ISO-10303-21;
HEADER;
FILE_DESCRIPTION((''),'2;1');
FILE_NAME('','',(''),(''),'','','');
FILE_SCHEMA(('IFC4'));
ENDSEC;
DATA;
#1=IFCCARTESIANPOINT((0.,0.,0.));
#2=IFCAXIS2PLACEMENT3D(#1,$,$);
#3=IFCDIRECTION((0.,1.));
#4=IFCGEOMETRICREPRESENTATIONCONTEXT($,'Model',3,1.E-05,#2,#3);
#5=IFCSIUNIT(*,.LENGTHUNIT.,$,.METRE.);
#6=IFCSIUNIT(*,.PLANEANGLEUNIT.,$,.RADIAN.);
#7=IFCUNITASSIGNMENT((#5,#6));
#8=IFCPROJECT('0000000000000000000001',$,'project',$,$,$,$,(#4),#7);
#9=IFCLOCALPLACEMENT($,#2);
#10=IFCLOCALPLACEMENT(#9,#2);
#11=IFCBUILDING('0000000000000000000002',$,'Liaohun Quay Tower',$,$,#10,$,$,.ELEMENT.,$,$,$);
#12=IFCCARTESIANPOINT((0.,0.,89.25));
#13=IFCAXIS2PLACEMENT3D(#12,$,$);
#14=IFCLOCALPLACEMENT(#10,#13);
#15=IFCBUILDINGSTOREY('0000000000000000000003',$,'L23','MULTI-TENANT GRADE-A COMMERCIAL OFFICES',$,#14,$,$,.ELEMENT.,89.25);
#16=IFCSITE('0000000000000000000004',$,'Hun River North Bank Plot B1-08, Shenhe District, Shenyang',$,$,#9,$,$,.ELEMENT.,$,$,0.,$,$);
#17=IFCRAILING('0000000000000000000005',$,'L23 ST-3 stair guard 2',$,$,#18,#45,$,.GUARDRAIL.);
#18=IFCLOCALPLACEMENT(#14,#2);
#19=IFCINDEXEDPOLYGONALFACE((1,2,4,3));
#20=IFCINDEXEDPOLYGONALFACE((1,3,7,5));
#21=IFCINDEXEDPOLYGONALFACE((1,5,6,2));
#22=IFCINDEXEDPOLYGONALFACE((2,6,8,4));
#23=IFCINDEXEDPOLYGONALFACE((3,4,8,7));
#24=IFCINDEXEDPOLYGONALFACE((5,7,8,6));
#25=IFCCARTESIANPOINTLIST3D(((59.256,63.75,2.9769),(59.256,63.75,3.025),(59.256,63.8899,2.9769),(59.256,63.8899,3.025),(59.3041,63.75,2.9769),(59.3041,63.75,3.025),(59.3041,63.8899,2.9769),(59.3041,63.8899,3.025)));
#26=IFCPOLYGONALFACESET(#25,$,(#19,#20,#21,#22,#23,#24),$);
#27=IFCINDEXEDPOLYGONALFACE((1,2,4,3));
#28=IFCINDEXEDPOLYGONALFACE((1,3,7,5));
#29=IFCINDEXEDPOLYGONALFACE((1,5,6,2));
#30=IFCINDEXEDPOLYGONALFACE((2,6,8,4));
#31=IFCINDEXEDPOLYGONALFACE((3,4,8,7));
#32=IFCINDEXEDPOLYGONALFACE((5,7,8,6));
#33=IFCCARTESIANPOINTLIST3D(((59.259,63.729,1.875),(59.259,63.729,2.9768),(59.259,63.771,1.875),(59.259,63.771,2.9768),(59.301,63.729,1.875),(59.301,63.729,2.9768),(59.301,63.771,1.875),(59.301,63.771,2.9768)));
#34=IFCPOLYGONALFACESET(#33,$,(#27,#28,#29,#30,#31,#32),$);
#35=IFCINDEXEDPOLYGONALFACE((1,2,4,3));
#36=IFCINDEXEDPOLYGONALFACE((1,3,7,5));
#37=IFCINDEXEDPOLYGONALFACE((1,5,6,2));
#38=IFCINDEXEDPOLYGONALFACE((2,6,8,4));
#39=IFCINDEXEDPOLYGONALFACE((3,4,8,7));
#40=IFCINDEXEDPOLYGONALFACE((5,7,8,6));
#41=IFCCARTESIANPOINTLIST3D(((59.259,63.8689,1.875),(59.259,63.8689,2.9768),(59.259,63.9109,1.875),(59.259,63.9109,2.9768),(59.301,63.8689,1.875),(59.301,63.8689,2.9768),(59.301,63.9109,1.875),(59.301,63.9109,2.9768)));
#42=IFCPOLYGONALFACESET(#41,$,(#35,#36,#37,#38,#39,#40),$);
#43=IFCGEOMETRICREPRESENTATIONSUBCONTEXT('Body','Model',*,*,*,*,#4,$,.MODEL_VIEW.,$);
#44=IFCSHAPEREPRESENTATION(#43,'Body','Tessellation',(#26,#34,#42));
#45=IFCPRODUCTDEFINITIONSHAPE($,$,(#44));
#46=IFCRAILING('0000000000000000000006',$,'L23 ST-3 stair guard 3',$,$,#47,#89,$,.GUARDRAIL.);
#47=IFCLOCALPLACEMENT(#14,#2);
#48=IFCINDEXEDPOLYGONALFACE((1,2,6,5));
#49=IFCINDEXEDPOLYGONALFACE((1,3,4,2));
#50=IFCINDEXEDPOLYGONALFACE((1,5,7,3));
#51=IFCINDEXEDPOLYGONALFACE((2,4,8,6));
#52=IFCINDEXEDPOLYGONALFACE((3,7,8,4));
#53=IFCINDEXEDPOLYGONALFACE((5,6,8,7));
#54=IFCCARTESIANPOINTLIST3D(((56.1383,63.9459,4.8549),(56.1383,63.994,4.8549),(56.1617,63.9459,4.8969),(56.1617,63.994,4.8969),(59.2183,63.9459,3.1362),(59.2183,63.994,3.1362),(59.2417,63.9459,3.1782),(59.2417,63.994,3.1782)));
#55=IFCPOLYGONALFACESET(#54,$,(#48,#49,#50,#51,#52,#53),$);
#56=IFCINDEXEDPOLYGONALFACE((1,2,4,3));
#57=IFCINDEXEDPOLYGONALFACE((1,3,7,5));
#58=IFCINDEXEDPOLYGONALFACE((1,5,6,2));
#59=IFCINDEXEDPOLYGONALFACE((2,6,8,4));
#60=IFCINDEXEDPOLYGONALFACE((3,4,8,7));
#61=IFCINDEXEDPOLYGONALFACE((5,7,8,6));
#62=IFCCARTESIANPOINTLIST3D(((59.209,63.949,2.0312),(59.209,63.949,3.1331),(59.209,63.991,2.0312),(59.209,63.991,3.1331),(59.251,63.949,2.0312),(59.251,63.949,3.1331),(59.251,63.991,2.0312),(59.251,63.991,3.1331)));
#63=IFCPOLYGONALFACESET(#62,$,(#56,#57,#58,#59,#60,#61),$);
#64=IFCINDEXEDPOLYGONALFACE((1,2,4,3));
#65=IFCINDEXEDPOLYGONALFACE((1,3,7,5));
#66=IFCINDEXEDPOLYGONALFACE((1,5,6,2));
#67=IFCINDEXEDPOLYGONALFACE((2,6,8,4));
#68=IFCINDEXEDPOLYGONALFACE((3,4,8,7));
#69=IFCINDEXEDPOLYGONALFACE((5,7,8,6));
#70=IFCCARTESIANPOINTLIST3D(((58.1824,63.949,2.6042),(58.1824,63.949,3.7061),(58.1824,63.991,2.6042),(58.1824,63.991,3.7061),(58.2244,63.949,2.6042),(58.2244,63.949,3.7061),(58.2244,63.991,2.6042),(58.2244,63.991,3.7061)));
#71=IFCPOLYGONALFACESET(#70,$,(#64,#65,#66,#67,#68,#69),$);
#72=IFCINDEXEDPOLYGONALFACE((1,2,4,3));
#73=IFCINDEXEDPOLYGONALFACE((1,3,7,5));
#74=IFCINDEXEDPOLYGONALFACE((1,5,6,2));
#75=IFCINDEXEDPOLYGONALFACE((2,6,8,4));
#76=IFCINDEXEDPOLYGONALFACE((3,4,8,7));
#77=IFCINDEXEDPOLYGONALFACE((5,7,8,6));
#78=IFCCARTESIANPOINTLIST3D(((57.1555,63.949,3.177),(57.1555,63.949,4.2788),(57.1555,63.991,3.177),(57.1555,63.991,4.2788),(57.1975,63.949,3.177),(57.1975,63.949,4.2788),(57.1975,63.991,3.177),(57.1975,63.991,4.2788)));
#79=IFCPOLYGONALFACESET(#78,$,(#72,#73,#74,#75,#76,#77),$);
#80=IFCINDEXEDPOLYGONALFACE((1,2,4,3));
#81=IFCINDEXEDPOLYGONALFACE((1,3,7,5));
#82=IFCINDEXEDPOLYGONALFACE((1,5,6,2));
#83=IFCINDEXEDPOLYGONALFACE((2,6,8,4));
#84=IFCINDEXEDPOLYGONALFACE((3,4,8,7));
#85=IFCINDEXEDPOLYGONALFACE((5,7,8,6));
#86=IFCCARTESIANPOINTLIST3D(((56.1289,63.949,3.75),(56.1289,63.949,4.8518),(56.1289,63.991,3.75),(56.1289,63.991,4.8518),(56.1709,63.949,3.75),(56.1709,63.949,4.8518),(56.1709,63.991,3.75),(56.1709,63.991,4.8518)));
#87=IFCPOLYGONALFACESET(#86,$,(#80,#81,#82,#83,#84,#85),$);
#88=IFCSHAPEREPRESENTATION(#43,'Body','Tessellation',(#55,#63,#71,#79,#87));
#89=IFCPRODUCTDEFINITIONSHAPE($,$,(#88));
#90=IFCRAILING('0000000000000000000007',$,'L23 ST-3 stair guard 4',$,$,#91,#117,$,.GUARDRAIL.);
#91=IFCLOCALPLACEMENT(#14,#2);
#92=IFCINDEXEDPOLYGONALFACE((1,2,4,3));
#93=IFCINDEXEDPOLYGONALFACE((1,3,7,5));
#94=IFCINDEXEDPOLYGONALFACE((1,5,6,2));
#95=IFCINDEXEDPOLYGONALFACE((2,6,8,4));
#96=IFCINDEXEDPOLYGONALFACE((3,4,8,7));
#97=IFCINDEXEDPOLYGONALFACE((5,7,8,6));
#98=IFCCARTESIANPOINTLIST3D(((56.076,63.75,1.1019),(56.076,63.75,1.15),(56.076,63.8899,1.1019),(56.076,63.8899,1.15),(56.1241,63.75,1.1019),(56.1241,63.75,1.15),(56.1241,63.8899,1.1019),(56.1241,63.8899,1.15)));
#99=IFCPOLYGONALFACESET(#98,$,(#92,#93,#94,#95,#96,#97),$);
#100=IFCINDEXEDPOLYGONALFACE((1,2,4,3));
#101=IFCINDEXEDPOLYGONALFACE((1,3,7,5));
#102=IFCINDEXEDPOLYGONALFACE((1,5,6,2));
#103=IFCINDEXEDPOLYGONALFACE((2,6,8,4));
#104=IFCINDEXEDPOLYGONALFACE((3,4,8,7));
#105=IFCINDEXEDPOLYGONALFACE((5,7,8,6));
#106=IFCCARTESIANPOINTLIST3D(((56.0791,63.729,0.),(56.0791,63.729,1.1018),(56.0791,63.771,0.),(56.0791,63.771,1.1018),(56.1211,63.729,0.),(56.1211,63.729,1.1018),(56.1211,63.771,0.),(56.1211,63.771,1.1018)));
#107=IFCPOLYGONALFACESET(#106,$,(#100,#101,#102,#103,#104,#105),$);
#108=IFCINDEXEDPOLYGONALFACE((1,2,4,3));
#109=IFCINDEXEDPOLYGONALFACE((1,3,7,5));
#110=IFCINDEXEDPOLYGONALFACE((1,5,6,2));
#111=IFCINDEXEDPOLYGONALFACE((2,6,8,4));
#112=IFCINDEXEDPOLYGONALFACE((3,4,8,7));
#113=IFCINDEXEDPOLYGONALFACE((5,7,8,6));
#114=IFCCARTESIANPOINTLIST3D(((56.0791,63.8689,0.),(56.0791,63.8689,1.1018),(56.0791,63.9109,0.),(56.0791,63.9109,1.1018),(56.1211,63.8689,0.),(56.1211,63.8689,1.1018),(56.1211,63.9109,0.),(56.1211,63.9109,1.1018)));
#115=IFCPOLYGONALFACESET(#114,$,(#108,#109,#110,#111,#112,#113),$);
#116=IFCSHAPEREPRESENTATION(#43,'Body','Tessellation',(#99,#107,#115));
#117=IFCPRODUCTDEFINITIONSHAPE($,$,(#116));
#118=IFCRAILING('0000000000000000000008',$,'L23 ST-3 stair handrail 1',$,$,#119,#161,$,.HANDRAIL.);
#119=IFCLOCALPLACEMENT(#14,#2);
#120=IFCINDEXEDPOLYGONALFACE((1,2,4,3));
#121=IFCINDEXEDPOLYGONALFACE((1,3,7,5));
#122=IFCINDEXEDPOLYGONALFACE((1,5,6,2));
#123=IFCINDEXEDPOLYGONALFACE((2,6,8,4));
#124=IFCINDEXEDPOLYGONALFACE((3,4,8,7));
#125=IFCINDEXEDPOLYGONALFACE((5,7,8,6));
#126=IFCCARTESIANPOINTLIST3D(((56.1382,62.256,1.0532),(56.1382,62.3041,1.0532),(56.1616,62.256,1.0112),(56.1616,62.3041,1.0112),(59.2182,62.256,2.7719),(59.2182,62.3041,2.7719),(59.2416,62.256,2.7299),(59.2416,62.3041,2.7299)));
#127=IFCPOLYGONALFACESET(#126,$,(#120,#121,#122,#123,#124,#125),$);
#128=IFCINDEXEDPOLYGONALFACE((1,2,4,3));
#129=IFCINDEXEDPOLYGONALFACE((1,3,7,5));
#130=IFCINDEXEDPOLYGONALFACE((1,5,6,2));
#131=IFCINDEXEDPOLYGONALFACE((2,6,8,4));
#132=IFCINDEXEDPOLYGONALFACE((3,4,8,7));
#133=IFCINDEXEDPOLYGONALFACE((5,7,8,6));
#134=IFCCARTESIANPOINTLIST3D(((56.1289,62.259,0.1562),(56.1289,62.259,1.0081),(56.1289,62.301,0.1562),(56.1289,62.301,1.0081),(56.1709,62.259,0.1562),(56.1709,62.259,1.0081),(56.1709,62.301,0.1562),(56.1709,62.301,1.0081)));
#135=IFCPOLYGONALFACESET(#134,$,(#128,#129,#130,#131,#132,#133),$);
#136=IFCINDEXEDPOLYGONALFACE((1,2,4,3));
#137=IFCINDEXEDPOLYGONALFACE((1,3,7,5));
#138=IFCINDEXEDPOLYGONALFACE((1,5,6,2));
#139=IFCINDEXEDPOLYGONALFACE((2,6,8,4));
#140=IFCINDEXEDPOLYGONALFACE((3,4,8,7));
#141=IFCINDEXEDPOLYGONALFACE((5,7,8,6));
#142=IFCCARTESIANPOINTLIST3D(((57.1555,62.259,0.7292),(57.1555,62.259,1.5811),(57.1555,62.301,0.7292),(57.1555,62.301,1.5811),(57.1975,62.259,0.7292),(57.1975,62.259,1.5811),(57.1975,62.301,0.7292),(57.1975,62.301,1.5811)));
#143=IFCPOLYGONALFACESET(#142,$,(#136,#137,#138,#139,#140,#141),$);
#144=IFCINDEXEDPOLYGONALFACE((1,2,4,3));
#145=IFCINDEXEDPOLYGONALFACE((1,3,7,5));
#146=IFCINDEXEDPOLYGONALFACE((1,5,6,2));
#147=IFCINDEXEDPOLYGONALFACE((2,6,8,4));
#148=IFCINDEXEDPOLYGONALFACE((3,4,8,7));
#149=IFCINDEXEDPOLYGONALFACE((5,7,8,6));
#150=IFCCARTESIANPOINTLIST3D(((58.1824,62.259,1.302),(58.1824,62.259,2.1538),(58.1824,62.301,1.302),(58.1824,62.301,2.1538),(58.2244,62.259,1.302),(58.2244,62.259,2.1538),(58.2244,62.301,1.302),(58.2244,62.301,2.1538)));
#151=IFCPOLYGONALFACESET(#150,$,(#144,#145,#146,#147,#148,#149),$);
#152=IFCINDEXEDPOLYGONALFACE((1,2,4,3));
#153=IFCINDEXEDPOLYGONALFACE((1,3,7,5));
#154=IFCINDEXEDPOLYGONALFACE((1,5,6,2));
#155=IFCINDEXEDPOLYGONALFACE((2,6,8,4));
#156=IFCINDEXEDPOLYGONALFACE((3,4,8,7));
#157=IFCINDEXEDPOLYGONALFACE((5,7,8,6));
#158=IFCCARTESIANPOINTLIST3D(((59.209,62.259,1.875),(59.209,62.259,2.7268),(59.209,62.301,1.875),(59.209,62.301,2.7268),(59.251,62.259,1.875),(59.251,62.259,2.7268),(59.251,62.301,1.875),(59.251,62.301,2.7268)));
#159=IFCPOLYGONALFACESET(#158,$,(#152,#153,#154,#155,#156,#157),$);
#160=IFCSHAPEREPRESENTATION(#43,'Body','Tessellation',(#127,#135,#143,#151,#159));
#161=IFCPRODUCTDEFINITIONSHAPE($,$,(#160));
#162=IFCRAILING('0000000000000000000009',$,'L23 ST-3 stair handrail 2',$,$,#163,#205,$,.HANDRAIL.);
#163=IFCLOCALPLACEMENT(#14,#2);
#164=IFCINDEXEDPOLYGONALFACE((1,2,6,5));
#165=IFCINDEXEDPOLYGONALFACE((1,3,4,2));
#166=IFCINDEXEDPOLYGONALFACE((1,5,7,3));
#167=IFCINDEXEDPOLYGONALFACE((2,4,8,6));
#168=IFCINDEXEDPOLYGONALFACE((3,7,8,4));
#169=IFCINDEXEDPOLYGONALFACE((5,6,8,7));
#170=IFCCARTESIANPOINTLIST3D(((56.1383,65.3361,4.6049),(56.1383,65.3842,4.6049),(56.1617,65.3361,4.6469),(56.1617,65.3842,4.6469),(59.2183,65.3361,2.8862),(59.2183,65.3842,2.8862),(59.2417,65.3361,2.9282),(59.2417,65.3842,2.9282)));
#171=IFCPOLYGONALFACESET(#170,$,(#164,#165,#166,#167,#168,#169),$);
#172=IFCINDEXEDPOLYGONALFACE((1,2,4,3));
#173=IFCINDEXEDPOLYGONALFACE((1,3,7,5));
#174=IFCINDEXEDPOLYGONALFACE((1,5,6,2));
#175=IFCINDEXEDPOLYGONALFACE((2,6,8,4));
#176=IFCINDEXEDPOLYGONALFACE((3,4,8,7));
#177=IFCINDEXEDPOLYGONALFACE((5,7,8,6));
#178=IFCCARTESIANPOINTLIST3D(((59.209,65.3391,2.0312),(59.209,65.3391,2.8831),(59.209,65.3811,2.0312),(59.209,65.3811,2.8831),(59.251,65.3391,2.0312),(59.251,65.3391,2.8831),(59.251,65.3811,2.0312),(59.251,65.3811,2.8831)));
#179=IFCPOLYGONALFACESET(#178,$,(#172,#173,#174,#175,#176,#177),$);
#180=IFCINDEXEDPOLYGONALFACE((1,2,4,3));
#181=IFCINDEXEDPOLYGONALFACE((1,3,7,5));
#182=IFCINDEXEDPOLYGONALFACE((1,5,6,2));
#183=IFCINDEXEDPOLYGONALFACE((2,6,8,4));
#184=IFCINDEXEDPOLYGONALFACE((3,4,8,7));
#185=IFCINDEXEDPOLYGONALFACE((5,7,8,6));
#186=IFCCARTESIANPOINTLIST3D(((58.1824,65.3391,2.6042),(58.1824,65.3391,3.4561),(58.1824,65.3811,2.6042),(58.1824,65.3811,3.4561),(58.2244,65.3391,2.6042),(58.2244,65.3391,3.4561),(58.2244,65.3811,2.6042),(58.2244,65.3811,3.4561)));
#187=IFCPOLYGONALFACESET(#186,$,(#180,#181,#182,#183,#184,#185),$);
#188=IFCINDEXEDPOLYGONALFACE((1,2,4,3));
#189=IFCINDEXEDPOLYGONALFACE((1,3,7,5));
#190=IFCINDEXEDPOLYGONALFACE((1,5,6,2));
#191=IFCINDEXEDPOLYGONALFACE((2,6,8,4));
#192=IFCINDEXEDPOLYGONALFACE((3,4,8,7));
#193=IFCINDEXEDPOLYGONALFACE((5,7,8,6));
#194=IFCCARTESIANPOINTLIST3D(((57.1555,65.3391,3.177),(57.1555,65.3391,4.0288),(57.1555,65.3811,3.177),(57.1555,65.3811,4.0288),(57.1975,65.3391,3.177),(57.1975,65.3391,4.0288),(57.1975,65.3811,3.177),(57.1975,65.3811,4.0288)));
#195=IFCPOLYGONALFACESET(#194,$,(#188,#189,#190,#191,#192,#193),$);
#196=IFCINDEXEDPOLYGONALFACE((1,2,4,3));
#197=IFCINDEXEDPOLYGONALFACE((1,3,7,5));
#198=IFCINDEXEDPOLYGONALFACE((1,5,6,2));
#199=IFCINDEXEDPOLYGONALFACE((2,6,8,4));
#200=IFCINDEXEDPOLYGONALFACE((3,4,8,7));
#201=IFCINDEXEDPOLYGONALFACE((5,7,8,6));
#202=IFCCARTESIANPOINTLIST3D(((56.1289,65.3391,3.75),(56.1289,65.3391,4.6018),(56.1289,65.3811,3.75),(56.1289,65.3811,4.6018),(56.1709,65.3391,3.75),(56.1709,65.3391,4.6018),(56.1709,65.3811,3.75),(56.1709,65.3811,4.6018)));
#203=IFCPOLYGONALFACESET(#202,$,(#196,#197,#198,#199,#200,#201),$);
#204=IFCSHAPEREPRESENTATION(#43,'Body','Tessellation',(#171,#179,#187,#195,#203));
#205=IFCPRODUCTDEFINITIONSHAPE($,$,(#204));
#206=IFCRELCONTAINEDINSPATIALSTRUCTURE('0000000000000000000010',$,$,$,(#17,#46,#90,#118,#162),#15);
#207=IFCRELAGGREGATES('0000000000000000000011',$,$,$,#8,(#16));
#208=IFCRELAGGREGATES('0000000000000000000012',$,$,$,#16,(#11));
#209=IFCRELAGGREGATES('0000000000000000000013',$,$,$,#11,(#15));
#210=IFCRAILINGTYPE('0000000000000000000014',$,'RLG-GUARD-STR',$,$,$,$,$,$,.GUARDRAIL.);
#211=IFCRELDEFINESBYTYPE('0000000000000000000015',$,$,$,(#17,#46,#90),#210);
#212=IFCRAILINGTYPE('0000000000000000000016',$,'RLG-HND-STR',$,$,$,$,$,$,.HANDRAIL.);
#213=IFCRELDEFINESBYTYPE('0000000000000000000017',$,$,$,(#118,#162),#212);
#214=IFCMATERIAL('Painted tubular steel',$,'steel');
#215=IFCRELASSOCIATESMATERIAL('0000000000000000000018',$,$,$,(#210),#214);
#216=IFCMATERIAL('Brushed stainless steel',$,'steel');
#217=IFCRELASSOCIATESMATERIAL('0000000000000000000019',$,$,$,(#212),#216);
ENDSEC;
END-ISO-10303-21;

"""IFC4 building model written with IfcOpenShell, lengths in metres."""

from ifc_helpers import new_model, si_unit, direction, frame, origin, origin_2d, place, context, subcontext, project, spatial, rectangle, extrude, material, type_object, element, save


model = new_model("IFC4")

# Units and contexts
model_context = context("Model", 3, precision=1e-05, world=origin(), true_north=direction((0.0, 1.0)))
body_context = subcontext(model_context, "Body", "Model", "MODEL_VIEW")
ifc_project = project(units=[si_unit("LENGTHUNIT", "METRE"), si_unit("PLANEANGLEUNIT", "RADIAN")], contexts=[model_context])

# Site, building, storey
site_placement = place(None, origin())
site = spatial("IfcSite", under=ifc_project, at=site_placement, Name="Hun River North Bank Plot B1-08, Shenhe District, Shenyang", CompositionType="ELEMENT", RefElevation=0.0)
building_placement = place(site_placement, origin())
building = spatial("IfcBuilding", under=site, at=building_placement, Name="Liaohun Quay Tower", CompositionType="ELEMENT")
storey_placement = place(building_placement, frame((0.0, 0.0, 89.25)))
storey = spatial("IfcBuildingStorey", under=building, at=storey_placement, Name="L23", Description="MULTI-TENANT GRADE-A COMMERCIAL OFFICES", CompositionType="ELEMENT", Elevation=89.25)

# Railings
ifc_material_1 = material(Name="Painted tubular steel", Category="steel")
railing_type_1 = type_object("IfcRailingType", Name="RLG-GUARD-STR", PredefinedType="GUARDRAIL", material=ifc_material_1)
railing_1_placement = place(storey_placement, frame((59.28, 63.75, 1.875)))
element("IfcRailing", 1, at=railing_1_placement, inside=storey, type_object=railing_type_1, Name="L23 ST-3 stair guard 2", PredefinedType="GUARDRAIL", context=body_context, shape_type="SweptSolid", body=[
    extrude(rectangle(XDim=0.0481, YDim=0.0481, at=origin_2d()), frame((0.0, 0.0, 1.126), z_axis=(0.0, 1.0, 0.0), x_axis=(-1.0, 0.0, 0.0)), (0.0, 0.0, 1.0), 0.1399),
    extrude(rectangle(XDim=0.042, YDim=0.042, at=origin_2d()), origin(), (0.0, 0.0, 1.0), 1.1018),
    extrude(rectangle(XDim=0.042, YDim=0.042, at=origin_2d()), frame((0.0, 0.1399, 0.0)), (0.0, 0.0, 1.0), 1.1018),
])
railing_2_placement = place(storey_placement, frame((59.23, 63.97, 2.0312)))
element("IfcRailing", 2, at=railing_2_placement, inside=storey, type_object=railing_type_1, Name="L23 ST-3 stair guard 3", PredefinedType="GUARDRAIL", context=body_context, shape_type="SweptSolid", body=[
    extrude(rectangle(XDim=0.0481, YDim=0.0481, at=origin_2d()), frame((0.0, 0.0, 1.126), z_axis=(-0.873242, 0.0, 0.487288), x_axis=(0.0, -1.0, 0.0)), (0.0, 0.0, 1.0), 3.5271),
    extrude(rectangle(XDim=0.042, YDim=0.042, at=origin_2d()), origin(), (0.0, 0.0, 1.0), 1.1018),
    extrude(rectangle(XDim=0.042, YDim=0.042, at=origin_2d()), frame((-1.0266, 0.0, 0.573)), (0.0, 0.0, 1.0), 1.1018),
    extrude(rectangle(XDim=0.042, YDim=0.042, at=origin_2d()), frame((-2.0535, 0.0, 1.1458)), (0.0, 0.0, 1.0), 1.1018),
    extrude(rectangle(XDim=0.042, YDim=0.042, at=origin_2d()), frame((-3.0801, 0.0, 1.7188)), (0.0, 0.0, 1.0), 1.1018),
])
railing_3_placement = place(storey_placement, frame((56.1001, 63.75, 0.0)))
element("IfcRailing", 3, at=railing_3_placement, inside=storey, type_object=railing_type_1, Name="L23 ST-3 stair guard 4", PredefinedType="GUARDRAIL", context=body_context, shape_type="SweptSolid", body=[
    extrude(rectangle(XDim=0.0481, YDim=0.0481, at=origin_2d()), frame((0.0, 0.0, 1.126), z_axis=(0.0, 1.0, 0.0), x_axis=(-1.0, 0.0, 0.0)), (0.0, 0.0, 1.0), 0.1399),
    extrude(rectangle(XDim=0.042, YDim=0.042, at=origin_2d()), origin(), (0.0, 0.0, 1.0), 1.1018),
    extrude(rectangle(XDim=0.042, YDim=0.042, at=origin_2d()), frame((0.0, 0.1399, 0.0)), (0.0, 0.0, 1.0), 1.1018),
])
ifc_material_2 = material(Name="Brushed stainless steel", Category="steel")
railing_type_2 = type_object("IfcRailingType", Name="RLG-HND-STR", PredefinedType="HANDRAIL", material=ifc_material_2)
railing_4_placement = place(storey_placement, frame((56.1499, 62.28, 0.1562)))
element("IfcRailing", 4, at=railing_4_placement, inside=storey, type_object=railing_type_2, Name="L23 ST-3 stair handrail 1", PredefinedType="HANDRAIL", context=body_context, shape_type="SweptSolid", body=[
    extrude(rectangle(XDim=0.0481, YDim=0.0481, at=origin_2d()), frame((0.0, 0.0, 0.876), z_axis=(0.873242, 0.0, 0.487288), x_axis=(0.0, 1.0, 0.0)), (0.0, 0.0, 1.0), 3.5271),
    extrude(rectangle(XDim=0.042, YDim=0.042, at=origin_2d()), origin(), (0.0, 0.0, 1.0), 0.8518),
    extrude(rectangle(XDim=0.042, YDim=0.042, at=origin_2d()), frame((1.0266, 0.0, 0.573)), (0.0, 0.0, 1.0), 0.8518),
    extrude(rectangle(XDim=0.042, YDim=0.042, at=origin_2d()), frame((2.0535, 0.0, 1.1458)), (0.0, 0.0, 1.0), 0.8518),
    extrude(rectangle(XDim=0.042, YDim=0.042, at=origin_2d()), frame((3.0801, 0.0, 1.7188)), (0.0, 0.0, 1.0), 0.8518),
])
railing_5_placement = place(storey_placement, frame((59.23, 65.3601, 2.0312)))
element("IfcRailing", 5, at=railing_5_placement, inside=storey, type_object=railing_type_2, Name="L23 ST-3 stair handrail 2", PredefinedType="HANDRAIL", context=body_context, shape_type="SweptSolid", body=[
    extrude(rectangle(XDim=0.0481, YDim=0.0481, at=origin_2d()), frame((0.0, 0.0, 0.876), z_axis=(-0.873242, 0.0, 0.487288), x_axis=(0.0, -1.0, 0.0)), (0.0, 0.0, 1.0), 3.5271),
    extrude(rectangle(XDim=0.042, YDim=0.042, at=origin_2d()), origin(), (0.0, 0.0, 1.0), 0.8518),
    extrude(rectangle(XDim=0.042, YDim=0.042, at=origin_2d()), frame((-1.0266, 0.0, 0.573)), (0.0, 0.0, 1.0), 0.8518),
    extrude(rectangle(XDim=0.042, YDim=0.042, at=origin_2d()), frame((-2.0535, 0.0, 1.1458)), (0.0, 0.0, 1.0), 0.8518),
    extrude(rectangle(XDim=0.042, YDim=0.042, at=origin_2d()), frame((-3.0801, 0.0, 1.7188)), (0.0, 0.0, 1.0), 0.8518),
])

save(model, "model.ifc")
